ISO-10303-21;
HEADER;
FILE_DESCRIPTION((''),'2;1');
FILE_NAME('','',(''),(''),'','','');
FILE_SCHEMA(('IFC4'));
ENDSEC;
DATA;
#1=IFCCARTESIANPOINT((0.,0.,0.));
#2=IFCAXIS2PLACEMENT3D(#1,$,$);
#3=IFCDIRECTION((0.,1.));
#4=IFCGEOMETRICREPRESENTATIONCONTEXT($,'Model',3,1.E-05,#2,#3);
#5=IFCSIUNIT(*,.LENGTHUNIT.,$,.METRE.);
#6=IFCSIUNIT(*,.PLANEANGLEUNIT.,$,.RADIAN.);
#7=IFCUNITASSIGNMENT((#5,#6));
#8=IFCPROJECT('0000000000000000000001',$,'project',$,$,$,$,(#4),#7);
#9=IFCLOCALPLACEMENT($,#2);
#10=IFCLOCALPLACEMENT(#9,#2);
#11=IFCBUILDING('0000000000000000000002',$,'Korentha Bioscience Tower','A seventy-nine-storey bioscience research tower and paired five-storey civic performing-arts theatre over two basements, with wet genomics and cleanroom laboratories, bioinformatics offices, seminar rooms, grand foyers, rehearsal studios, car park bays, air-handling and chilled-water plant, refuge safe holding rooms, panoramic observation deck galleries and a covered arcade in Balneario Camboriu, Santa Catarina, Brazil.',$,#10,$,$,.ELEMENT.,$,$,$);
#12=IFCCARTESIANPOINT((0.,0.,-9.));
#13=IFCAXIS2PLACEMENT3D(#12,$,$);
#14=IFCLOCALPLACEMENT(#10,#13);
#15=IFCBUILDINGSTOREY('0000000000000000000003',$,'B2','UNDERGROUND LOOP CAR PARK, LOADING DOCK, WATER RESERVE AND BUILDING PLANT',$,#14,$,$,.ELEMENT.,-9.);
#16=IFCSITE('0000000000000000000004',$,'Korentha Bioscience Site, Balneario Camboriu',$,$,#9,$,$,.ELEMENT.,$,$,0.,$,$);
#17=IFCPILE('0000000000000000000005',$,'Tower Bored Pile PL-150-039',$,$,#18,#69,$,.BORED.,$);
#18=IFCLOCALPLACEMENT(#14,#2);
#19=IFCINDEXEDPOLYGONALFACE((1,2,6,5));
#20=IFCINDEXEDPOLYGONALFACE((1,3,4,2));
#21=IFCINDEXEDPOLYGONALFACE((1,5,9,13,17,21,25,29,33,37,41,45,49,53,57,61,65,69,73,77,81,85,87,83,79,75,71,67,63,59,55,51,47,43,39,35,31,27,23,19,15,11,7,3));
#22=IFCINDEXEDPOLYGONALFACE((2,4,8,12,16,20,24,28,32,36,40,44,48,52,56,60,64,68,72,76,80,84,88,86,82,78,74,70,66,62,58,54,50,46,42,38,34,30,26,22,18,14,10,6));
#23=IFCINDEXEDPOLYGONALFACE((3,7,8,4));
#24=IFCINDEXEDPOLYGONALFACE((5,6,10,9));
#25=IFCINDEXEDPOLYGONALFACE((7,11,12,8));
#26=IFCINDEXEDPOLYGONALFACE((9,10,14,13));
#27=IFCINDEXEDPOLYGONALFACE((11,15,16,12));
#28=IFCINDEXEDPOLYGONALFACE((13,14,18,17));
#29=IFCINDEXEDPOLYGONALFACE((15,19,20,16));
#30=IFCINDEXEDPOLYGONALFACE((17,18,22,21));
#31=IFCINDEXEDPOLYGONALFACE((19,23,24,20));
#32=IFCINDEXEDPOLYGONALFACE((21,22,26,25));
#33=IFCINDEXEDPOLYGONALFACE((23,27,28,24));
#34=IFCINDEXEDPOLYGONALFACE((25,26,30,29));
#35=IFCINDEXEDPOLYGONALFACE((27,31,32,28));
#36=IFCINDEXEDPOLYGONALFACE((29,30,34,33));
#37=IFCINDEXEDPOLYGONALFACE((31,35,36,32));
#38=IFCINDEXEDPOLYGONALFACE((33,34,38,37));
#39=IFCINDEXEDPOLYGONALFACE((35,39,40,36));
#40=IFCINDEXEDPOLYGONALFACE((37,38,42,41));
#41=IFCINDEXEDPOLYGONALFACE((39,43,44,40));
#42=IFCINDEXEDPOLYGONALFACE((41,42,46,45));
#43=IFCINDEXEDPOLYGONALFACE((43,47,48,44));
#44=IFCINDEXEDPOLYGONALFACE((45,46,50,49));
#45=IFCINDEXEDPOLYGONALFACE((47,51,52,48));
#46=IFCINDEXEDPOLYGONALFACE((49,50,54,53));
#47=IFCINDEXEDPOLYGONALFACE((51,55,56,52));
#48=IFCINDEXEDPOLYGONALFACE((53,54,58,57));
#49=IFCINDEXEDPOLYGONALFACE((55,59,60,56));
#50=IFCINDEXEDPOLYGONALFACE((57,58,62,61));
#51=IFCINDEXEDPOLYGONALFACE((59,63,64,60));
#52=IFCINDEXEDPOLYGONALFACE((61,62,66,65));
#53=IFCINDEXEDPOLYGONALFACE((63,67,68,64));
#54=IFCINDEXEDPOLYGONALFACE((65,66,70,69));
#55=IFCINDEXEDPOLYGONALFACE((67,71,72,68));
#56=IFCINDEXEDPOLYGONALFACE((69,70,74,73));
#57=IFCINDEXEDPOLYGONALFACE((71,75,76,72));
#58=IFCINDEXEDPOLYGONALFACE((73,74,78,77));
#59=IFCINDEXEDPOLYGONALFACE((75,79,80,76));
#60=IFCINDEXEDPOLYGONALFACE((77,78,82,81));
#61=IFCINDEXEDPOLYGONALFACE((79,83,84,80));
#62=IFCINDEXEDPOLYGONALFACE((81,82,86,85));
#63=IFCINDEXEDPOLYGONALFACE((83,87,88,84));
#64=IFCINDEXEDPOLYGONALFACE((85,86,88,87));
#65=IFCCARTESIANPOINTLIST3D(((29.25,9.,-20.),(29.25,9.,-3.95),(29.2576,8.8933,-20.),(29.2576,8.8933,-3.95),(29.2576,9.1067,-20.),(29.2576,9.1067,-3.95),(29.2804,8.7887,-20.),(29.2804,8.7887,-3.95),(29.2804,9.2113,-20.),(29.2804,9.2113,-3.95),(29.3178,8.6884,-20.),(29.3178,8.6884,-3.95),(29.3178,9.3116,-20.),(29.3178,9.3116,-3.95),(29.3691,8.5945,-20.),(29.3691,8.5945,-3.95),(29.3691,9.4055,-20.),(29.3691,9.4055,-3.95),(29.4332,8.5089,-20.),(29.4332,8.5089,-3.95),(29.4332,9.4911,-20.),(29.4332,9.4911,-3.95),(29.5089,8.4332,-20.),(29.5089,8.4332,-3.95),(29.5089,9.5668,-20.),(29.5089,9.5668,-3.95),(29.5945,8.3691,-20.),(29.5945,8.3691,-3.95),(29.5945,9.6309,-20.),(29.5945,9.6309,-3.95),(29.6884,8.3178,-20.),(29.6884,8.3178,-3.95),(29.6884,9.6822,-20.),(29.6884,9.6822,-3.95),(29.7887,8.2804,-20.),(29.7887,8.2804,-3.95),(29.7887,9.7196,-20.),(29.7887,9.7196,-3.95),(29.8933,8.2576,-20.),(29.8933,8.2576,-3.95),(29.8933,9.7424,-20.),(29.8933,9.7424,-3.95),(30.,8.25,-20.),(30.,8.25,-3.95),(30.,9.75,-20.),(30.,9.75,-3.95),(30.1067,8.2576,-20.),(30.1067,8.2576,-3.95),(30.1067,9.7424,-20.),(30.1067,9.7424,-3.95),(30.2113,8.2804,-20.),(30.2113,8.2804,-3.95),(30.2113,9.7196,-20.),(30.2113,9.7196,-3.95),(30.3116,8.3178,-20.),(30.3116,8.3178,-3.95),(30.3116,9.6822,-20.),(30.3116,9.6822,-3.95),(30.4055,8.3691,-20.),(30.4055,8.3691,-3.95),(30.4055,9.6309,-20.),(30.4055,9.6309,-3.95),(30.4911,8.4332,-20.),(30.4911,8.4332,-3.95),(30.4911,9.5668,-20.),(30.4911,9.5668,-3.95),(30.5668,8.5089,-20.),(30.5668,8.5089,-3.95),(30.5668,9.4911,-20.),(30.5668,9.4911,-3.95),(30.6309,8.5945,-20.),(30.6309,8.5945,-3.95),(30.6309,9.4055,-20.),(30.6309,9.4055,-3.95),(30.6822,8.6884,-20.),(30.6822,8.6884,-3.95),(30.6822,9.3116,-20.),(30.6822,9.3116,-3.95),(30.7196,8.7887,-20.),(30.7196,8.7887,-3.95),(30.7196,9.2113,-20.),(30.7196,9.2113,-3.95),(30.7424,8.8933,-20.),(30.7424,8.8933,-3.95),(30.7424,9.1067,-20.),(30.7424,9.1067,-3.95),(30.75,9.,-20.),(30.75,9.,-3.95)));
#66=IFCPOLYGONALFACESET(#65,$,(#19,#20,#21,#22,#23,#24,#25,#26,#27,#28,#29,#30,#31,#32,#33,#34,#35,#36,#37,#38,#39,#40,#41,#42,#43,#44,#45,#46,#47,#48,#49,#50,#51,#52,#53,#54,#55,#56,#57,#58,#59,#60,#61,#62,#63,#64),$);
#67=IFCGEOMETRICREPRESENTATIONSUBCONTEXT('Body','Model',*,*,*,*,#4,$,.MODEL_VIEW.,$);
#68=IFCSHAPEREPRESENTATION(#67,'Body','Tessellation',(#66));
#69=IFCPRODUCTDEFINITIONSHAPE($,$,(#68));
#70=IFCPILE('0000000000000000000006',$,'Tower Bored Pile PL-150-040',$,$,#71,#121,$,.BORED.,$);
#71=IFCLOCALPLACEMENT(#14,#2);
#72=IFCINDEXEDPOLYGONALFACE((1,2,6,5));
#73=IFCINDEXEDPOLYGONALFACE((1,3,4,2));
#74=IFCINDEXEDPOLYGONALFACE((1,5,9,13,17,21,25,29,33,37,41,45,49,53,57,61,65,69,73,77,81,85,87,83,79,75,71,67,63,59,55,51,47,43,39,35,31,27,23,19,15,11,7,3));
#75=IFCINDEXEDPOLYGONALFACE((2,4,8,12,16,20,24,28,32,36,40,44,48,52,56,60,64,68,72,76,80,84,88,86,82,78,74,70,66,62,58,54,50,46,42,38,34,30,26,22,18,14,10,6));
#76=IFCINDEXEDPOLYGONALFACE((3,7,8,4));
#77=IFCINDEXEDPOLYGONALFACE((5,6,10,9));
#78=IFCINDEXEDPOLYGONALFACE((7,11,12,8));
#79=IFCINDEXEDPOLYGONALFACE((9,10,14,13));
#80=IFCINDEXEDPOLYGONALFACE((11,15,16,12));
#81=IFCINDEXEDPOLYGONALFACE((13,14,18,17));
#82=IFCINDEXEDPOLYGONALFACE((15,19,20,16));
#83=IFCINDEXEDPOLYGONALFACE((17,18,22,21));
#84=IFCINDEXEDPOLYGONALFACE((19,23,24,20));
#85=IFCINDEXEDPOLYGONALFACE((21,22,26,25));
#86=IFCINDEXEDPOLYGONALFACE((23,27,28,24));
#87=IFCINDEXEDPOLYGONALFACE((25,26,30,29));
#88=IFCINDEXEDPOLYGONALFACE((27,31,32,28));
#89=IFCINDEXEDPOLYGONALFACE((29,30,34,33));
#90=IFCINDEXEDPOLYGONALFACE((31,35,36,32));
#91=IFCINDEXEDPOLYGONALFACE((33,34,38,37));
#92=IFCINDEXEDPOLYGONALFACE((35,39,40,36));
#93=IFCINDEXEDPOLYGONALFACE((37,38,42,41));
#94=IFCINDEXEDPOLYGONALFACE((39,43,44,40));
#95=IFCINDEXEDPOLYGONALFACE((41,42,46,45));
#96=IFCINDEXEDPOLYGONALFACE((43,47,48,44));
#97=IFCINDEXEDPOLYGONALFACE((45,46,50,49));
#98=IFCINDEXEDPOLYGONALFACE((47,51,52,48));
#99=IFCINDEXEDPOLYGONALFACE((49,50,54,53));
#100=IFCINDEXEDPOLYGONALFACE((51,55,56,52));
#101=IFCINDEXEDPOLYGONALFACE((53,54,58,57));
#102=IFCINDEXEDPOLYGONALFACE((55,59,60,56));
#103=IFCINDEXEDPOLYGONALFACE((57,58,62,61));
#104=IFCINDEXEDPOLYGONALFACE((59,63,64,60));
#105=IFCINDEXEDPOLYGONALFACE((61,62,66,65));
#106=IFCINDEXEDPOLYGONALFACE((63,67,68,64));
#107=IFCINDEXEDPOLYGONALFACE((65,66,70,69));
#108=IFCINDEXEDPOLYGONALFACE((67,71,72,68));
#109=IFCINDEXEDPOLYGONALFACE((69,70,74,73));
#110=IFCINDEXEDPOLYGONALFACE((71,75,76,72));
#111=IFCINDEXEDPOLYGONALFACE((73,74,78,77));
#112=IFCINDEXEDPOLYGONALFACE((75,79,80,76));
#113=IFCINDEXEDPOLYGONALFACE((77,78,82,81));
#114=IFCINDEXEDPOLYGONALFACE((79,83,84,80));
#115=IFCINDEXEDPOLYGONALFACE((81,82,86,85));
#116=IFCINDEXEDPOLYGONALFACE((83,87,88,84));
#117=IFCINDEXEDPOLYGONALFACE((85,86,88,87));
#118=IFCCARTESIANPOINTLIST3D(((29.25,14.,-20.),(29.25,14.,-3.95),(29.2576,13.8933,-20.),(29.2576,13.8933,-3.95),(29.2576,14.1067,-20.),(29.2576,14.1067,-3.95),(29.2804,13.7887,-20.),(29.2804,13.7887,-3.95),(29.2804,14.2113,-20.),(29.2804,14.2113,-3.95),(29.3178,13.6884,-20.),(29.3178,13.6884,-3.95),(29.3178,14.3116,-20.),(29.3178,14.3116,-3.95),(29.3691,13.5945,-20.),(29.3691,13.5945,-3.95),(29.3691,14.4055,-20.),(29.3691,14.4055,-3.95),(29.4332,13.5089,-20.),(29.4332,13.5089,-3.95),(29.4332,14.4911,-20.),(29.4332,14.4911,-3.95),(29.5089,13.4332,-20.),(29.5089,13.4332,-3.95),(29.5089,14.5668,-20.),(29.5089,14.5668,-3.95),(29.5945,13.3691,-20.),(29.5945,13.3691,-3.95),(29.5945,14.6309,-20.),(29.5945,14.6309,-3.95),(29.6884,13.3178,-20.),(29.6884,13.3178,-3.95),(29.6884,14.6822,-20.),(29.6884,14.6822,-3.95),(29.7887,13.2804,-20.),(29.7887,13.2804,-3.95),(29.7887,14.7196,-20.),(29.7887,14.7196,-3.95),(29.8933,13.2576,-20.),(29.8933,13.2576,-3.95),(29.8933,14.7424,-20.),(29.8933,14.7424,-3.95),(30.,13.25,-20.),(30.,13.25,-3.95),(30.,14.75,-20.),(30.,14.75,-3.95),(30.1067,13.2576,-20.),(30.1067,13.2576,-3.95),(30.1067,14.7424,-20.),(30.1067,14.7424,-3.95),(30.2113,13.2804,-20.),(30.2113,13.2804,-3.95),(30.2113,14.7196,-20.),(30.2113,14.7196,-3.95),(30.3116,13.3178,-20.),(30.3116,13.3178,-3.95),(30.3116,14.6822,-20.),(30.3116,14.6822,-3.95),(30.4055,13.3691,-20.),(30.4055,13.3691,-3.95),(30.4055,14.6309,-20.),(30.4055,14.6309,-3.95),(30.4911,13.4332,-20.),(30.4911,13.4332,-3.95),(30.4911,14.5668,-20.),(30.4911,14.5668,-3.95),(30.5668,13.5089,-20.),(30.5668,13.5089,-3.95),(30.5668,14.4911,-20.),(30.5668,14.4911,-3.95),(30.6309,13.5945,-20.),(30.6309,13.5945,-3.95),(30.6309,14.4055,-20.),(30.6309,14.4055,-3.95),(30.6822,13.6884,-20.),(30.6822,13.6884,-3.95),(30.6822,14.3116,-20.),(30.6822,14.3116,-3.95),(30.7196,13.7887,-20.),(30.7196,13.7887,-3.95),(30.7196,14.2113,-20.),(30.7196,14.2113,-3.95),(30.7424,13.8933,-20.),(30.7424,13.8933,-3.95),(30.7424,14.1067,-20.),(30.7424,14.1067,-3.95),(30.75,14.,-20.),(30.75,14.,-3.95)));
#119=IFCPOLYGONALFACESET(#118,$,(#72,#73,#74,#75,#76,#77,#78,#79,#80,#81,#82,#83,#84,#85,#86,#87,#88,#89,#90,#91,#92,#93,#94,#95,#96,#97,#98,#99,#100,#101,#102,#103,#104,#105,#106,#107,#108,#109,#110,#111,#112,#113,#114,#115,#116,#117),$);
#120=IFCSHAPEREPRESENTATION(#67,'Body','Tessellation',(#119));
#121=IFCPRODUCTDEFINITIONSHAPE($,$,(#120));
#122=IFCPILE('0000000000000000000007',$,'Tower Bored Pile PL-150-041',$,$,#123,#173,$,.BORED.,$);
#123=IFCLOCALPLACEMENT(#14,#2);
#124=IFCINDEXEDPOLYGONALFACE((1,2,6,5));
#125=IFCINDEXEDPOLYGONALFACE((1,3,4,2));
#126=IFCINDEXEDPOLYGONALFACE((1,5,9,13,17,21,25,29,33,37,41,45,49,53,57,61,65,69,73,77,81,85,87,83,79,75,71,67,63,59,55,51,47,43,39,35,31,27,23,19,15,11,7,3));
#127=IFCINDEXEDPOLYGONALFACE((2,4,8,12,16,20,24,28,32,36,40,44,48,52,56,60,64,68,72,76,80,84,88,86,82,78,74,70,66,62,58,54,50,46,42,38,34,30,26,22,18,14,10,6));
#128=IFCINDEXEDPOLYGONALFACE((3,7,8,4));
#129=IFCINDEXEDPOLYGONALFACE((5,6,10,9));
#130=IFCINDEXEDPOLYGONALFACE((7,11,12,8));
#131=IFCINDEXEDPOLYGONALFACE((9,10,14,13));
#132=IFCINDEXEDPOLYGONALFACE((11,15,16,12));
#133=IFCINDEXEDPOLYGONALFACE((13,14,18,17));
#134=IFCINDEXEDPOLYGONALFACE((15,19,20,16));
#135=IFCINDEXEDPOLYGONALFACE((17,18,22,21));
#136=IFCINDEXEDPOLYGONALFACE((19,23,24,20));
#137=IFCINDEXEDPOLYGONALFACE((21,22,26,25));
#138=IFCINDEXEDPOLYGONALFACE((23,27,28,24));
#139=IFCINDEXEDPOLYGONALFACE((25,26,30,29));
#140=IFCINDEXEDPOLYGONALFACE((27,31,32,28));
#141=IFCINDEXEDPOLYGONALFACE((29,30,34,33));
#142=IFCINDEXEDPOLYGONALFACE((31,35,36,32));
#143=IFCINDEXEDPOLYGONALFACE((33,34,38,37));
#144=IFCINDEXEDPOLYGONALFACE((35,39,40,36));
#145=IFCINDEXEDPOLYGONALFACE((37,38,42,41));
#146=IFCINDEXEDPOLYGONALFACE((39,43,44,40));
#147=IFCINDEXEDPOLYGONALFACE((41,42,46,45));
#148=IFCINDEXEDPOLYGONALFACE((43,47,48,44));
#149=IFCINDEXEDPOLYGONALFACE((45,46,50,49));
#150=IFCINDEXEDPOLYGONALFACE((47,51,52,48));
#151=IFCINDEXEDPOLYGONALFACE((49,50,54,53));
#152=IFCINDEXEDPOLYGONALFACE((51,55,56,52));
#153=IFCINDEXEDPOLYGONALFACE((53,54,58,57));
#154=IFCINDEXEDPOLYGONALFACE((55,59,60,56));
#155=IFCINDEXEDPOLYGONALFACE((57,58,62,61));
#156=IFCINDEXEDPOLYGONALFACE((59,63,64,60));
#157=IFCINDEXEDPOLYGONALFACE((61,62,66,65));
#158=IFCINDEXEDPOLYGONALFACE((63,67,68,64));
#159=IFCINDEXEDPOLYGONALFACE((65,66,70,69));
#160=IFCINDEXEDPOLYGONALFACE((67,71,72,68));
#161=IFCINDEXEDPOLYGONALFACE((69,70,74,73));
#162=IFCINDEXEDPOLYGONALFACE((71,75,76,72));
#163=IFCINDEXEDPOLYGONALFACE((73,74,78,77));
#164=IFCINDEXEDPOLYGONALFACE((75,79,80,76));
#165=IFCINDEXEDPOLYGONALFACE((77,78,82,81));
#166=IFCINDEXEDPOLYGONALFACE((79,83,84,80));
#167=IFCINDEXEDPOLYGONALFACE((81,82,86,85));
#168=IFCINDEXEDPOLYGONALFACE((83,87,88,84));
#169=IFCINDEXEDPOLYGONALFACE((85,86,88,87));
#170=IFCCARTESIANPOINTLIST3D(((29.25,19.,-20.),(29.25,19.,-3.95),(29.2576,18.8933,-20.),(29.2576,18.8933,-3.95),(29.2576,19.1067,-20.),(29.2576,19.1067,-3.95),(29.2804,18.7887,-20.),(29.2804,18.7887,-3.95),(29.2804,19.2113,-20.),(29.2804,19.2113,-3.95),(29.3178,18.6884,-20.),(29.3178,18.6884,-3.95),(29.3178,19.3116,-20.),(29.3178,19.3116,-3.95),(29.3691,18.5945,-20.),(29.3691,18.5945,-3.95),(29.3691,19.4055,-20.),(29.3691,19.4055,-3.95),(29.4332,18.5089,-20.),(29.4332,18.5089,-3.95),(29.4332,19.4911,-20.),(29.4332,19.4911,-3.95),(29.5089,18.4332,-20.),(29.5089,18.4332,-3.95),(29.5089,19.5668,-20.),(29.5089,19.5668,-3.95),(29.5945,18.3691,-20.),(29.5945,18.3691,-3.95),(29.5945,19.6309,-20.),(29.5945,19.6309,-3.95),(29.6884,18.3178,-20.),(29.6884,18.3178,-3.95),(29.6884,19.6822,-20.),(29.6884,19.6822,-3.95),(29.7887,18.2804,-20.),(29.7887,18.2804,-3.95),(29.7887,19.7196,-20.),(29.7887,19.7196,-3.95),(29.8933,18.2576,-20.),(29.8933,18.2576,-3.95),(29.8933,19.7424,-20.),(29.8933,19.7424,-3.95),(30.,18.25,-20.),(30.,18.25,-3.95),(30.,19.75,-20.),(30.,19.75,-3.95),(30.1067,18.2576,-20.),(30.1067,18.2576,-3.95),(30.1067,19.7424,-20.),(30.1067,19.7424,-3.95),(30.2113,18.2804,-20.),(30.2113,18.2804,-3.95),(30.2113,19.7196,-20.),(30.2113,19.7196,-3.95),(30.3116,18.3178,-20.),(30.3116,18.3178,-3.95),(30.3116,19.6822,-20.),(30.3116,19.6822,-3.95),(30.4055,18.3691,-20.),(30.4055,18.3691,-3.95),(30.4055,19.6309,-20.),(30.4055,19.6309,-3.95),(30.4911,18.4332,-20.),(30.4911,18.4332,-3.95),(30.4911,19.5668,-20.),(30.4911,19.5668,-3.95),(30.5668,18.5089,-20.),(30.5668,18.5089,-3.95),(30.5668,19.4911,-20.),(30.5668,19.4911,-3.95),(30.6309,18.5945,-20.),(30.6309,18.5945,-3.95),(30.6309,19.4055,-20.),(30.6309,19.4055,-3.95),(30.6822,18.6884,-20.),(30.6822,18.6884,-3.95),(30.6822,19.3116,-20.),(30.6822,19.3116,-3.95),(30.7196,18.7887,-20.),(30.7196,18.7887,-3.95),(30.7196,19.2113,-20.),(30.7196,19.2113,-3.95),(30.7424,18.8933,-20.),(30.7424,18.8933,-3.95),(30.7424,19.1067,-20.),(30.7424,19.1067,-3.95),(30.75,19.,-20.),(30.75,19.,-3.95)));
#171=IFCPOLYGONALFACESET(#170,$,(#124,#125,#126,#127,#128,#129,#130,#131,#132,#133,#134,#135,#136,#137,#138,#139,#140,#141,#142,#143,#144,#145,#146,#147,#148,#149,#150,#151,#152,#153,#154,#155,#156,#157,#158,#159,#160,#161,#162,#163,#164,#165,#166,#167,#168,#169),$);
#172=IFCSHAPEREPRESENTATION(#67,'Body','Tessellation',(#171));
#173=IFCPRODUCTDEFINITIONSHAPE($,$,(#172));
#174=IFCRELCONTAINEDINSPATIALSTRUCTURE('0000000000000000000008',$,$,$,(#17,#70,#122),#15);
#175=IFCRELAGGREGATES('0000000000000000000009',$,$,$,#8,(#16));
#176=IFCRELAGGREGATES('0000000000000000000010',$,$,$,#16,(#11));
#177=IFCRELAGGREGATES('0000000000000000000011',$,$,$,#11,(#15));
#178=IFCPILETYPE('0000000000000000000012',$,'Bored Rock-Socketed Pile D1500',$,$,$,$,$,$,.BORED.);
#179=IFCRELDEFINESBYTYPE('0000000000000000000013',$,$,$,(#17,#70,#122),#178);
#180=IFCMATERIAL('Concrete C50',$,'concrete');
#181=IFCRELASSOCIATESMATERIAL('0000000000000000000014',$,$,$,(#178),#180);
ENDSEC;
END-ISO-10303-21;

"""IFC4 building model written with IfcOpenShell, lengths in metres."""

from ifc_helpers import new_model, si_unit, direction, frame, origin, origin_2d, place, context, subcontext, project, spatial, circle, extrude, material, material_profile, profile_set, type_object, element, save


model = new_model("IFC4")

# Units and contexts
model_context = context("Model", 3, precision=1e-05, world=origin(), true_north=direction((0.0, 1.0)))
body_context = subcontext(model_context, "Body", "Model", "MODEL_VIEW")
ifc_project = project(units=[si_unit("LENGTHUNIT", "METRE"), si_unit("PLANEANGLEUNIT", "RADIAN")], contexts=[model_context])

# Site, building, storey
site_placement = place(None, origin())
site = spatial("IfcSite", under=ifc_project, at=site_placement, Name="Korentha Bioscience Site, Balneario Camboriu", CompositionType="ELEMENT", RefElevation=0.0)
building_placement = place(site_placement, origin())
building = spatial("IfcBuilding", under=site, at=building_placement, Name="Korentha Bioscience Tower", Description="A seventy-nine-storey bioscience research tower and paired five-storey civic performing-arts theatre over two basements, with wet genomics and cleanroom laboratories, bioinformatics offices, seminar rooms, grand foyers, rehearsal studios, car park bays, air-handling and chilled-water plant, refuge safe holding rooms, panoramic observation deck galleries and a covered arcade in Balneario Camboriu, Santa Catarina, Brazil.", CompositionType="ELEMENT")
storey_placement = place(building_placement, frame((0.0, 0.0, -9.0)))
storey = spatial("IfcBuildingStorey", under=building, at=storey_placement, Name="B2", Description="UNDERGROUND LOOP CAR PARK, LOADING DOCK, WATER RESERVE AND BUILDING PLANT", CompositionType="ELEMENT", Elevation=-9.0)

# Piles
ifc_material_1 = material(Name="Concrete C50", Category="concrete")
ifc_material_profile_1 = material_profile(ifc_material_1, circle(Radius=0.75, at=origin_2d()), Name="Concrete C50")
ifc_profile_set_1 = profile_set([ifc_material_profile_1], Name="Concrete C50 (PL-150)")
pile_type = type_object("IfcPileType", Name="Bored Rock-Socketed Pile D1500", PredefinedType="BORED", material=ifc_profile_set_1)
for number, where, z_axis, x_axis, name in (
    (1, (30.0, 9.0, -3.95), (0.0, 0.0, -1.0), (1.0, 0.0, 0.0), "Tower Bored Pile PL-150-039"),
    (2, (30.0, 14.0, -3.95), (0.0, 0.0, -1.0), (1.0, 0.0, 0.0), "Tower Bored Pile PL-150-040"),
    (3, (30.0, 19.0, -3.95), (0.0, 0.0, -1.0), (1.0, 0.0, 0.0), "Tower Bored Pile PL-150-041"),
):
    element("IfcPile", number, at=place(storey_placement, frame(where, z_axis=z_axis, x_axis=x_axis)), inside=storey, type_object=pile_type, Name=name, PredefinedType="BORED", context=body_context, shape_type="SweptSolid", body=[
        extrude(circle(Radius=0.75, at=origin_2d()), origin(), (0.0, 0.0, 1.0), 16.05),
    ])

save(model, "model.ifc")
